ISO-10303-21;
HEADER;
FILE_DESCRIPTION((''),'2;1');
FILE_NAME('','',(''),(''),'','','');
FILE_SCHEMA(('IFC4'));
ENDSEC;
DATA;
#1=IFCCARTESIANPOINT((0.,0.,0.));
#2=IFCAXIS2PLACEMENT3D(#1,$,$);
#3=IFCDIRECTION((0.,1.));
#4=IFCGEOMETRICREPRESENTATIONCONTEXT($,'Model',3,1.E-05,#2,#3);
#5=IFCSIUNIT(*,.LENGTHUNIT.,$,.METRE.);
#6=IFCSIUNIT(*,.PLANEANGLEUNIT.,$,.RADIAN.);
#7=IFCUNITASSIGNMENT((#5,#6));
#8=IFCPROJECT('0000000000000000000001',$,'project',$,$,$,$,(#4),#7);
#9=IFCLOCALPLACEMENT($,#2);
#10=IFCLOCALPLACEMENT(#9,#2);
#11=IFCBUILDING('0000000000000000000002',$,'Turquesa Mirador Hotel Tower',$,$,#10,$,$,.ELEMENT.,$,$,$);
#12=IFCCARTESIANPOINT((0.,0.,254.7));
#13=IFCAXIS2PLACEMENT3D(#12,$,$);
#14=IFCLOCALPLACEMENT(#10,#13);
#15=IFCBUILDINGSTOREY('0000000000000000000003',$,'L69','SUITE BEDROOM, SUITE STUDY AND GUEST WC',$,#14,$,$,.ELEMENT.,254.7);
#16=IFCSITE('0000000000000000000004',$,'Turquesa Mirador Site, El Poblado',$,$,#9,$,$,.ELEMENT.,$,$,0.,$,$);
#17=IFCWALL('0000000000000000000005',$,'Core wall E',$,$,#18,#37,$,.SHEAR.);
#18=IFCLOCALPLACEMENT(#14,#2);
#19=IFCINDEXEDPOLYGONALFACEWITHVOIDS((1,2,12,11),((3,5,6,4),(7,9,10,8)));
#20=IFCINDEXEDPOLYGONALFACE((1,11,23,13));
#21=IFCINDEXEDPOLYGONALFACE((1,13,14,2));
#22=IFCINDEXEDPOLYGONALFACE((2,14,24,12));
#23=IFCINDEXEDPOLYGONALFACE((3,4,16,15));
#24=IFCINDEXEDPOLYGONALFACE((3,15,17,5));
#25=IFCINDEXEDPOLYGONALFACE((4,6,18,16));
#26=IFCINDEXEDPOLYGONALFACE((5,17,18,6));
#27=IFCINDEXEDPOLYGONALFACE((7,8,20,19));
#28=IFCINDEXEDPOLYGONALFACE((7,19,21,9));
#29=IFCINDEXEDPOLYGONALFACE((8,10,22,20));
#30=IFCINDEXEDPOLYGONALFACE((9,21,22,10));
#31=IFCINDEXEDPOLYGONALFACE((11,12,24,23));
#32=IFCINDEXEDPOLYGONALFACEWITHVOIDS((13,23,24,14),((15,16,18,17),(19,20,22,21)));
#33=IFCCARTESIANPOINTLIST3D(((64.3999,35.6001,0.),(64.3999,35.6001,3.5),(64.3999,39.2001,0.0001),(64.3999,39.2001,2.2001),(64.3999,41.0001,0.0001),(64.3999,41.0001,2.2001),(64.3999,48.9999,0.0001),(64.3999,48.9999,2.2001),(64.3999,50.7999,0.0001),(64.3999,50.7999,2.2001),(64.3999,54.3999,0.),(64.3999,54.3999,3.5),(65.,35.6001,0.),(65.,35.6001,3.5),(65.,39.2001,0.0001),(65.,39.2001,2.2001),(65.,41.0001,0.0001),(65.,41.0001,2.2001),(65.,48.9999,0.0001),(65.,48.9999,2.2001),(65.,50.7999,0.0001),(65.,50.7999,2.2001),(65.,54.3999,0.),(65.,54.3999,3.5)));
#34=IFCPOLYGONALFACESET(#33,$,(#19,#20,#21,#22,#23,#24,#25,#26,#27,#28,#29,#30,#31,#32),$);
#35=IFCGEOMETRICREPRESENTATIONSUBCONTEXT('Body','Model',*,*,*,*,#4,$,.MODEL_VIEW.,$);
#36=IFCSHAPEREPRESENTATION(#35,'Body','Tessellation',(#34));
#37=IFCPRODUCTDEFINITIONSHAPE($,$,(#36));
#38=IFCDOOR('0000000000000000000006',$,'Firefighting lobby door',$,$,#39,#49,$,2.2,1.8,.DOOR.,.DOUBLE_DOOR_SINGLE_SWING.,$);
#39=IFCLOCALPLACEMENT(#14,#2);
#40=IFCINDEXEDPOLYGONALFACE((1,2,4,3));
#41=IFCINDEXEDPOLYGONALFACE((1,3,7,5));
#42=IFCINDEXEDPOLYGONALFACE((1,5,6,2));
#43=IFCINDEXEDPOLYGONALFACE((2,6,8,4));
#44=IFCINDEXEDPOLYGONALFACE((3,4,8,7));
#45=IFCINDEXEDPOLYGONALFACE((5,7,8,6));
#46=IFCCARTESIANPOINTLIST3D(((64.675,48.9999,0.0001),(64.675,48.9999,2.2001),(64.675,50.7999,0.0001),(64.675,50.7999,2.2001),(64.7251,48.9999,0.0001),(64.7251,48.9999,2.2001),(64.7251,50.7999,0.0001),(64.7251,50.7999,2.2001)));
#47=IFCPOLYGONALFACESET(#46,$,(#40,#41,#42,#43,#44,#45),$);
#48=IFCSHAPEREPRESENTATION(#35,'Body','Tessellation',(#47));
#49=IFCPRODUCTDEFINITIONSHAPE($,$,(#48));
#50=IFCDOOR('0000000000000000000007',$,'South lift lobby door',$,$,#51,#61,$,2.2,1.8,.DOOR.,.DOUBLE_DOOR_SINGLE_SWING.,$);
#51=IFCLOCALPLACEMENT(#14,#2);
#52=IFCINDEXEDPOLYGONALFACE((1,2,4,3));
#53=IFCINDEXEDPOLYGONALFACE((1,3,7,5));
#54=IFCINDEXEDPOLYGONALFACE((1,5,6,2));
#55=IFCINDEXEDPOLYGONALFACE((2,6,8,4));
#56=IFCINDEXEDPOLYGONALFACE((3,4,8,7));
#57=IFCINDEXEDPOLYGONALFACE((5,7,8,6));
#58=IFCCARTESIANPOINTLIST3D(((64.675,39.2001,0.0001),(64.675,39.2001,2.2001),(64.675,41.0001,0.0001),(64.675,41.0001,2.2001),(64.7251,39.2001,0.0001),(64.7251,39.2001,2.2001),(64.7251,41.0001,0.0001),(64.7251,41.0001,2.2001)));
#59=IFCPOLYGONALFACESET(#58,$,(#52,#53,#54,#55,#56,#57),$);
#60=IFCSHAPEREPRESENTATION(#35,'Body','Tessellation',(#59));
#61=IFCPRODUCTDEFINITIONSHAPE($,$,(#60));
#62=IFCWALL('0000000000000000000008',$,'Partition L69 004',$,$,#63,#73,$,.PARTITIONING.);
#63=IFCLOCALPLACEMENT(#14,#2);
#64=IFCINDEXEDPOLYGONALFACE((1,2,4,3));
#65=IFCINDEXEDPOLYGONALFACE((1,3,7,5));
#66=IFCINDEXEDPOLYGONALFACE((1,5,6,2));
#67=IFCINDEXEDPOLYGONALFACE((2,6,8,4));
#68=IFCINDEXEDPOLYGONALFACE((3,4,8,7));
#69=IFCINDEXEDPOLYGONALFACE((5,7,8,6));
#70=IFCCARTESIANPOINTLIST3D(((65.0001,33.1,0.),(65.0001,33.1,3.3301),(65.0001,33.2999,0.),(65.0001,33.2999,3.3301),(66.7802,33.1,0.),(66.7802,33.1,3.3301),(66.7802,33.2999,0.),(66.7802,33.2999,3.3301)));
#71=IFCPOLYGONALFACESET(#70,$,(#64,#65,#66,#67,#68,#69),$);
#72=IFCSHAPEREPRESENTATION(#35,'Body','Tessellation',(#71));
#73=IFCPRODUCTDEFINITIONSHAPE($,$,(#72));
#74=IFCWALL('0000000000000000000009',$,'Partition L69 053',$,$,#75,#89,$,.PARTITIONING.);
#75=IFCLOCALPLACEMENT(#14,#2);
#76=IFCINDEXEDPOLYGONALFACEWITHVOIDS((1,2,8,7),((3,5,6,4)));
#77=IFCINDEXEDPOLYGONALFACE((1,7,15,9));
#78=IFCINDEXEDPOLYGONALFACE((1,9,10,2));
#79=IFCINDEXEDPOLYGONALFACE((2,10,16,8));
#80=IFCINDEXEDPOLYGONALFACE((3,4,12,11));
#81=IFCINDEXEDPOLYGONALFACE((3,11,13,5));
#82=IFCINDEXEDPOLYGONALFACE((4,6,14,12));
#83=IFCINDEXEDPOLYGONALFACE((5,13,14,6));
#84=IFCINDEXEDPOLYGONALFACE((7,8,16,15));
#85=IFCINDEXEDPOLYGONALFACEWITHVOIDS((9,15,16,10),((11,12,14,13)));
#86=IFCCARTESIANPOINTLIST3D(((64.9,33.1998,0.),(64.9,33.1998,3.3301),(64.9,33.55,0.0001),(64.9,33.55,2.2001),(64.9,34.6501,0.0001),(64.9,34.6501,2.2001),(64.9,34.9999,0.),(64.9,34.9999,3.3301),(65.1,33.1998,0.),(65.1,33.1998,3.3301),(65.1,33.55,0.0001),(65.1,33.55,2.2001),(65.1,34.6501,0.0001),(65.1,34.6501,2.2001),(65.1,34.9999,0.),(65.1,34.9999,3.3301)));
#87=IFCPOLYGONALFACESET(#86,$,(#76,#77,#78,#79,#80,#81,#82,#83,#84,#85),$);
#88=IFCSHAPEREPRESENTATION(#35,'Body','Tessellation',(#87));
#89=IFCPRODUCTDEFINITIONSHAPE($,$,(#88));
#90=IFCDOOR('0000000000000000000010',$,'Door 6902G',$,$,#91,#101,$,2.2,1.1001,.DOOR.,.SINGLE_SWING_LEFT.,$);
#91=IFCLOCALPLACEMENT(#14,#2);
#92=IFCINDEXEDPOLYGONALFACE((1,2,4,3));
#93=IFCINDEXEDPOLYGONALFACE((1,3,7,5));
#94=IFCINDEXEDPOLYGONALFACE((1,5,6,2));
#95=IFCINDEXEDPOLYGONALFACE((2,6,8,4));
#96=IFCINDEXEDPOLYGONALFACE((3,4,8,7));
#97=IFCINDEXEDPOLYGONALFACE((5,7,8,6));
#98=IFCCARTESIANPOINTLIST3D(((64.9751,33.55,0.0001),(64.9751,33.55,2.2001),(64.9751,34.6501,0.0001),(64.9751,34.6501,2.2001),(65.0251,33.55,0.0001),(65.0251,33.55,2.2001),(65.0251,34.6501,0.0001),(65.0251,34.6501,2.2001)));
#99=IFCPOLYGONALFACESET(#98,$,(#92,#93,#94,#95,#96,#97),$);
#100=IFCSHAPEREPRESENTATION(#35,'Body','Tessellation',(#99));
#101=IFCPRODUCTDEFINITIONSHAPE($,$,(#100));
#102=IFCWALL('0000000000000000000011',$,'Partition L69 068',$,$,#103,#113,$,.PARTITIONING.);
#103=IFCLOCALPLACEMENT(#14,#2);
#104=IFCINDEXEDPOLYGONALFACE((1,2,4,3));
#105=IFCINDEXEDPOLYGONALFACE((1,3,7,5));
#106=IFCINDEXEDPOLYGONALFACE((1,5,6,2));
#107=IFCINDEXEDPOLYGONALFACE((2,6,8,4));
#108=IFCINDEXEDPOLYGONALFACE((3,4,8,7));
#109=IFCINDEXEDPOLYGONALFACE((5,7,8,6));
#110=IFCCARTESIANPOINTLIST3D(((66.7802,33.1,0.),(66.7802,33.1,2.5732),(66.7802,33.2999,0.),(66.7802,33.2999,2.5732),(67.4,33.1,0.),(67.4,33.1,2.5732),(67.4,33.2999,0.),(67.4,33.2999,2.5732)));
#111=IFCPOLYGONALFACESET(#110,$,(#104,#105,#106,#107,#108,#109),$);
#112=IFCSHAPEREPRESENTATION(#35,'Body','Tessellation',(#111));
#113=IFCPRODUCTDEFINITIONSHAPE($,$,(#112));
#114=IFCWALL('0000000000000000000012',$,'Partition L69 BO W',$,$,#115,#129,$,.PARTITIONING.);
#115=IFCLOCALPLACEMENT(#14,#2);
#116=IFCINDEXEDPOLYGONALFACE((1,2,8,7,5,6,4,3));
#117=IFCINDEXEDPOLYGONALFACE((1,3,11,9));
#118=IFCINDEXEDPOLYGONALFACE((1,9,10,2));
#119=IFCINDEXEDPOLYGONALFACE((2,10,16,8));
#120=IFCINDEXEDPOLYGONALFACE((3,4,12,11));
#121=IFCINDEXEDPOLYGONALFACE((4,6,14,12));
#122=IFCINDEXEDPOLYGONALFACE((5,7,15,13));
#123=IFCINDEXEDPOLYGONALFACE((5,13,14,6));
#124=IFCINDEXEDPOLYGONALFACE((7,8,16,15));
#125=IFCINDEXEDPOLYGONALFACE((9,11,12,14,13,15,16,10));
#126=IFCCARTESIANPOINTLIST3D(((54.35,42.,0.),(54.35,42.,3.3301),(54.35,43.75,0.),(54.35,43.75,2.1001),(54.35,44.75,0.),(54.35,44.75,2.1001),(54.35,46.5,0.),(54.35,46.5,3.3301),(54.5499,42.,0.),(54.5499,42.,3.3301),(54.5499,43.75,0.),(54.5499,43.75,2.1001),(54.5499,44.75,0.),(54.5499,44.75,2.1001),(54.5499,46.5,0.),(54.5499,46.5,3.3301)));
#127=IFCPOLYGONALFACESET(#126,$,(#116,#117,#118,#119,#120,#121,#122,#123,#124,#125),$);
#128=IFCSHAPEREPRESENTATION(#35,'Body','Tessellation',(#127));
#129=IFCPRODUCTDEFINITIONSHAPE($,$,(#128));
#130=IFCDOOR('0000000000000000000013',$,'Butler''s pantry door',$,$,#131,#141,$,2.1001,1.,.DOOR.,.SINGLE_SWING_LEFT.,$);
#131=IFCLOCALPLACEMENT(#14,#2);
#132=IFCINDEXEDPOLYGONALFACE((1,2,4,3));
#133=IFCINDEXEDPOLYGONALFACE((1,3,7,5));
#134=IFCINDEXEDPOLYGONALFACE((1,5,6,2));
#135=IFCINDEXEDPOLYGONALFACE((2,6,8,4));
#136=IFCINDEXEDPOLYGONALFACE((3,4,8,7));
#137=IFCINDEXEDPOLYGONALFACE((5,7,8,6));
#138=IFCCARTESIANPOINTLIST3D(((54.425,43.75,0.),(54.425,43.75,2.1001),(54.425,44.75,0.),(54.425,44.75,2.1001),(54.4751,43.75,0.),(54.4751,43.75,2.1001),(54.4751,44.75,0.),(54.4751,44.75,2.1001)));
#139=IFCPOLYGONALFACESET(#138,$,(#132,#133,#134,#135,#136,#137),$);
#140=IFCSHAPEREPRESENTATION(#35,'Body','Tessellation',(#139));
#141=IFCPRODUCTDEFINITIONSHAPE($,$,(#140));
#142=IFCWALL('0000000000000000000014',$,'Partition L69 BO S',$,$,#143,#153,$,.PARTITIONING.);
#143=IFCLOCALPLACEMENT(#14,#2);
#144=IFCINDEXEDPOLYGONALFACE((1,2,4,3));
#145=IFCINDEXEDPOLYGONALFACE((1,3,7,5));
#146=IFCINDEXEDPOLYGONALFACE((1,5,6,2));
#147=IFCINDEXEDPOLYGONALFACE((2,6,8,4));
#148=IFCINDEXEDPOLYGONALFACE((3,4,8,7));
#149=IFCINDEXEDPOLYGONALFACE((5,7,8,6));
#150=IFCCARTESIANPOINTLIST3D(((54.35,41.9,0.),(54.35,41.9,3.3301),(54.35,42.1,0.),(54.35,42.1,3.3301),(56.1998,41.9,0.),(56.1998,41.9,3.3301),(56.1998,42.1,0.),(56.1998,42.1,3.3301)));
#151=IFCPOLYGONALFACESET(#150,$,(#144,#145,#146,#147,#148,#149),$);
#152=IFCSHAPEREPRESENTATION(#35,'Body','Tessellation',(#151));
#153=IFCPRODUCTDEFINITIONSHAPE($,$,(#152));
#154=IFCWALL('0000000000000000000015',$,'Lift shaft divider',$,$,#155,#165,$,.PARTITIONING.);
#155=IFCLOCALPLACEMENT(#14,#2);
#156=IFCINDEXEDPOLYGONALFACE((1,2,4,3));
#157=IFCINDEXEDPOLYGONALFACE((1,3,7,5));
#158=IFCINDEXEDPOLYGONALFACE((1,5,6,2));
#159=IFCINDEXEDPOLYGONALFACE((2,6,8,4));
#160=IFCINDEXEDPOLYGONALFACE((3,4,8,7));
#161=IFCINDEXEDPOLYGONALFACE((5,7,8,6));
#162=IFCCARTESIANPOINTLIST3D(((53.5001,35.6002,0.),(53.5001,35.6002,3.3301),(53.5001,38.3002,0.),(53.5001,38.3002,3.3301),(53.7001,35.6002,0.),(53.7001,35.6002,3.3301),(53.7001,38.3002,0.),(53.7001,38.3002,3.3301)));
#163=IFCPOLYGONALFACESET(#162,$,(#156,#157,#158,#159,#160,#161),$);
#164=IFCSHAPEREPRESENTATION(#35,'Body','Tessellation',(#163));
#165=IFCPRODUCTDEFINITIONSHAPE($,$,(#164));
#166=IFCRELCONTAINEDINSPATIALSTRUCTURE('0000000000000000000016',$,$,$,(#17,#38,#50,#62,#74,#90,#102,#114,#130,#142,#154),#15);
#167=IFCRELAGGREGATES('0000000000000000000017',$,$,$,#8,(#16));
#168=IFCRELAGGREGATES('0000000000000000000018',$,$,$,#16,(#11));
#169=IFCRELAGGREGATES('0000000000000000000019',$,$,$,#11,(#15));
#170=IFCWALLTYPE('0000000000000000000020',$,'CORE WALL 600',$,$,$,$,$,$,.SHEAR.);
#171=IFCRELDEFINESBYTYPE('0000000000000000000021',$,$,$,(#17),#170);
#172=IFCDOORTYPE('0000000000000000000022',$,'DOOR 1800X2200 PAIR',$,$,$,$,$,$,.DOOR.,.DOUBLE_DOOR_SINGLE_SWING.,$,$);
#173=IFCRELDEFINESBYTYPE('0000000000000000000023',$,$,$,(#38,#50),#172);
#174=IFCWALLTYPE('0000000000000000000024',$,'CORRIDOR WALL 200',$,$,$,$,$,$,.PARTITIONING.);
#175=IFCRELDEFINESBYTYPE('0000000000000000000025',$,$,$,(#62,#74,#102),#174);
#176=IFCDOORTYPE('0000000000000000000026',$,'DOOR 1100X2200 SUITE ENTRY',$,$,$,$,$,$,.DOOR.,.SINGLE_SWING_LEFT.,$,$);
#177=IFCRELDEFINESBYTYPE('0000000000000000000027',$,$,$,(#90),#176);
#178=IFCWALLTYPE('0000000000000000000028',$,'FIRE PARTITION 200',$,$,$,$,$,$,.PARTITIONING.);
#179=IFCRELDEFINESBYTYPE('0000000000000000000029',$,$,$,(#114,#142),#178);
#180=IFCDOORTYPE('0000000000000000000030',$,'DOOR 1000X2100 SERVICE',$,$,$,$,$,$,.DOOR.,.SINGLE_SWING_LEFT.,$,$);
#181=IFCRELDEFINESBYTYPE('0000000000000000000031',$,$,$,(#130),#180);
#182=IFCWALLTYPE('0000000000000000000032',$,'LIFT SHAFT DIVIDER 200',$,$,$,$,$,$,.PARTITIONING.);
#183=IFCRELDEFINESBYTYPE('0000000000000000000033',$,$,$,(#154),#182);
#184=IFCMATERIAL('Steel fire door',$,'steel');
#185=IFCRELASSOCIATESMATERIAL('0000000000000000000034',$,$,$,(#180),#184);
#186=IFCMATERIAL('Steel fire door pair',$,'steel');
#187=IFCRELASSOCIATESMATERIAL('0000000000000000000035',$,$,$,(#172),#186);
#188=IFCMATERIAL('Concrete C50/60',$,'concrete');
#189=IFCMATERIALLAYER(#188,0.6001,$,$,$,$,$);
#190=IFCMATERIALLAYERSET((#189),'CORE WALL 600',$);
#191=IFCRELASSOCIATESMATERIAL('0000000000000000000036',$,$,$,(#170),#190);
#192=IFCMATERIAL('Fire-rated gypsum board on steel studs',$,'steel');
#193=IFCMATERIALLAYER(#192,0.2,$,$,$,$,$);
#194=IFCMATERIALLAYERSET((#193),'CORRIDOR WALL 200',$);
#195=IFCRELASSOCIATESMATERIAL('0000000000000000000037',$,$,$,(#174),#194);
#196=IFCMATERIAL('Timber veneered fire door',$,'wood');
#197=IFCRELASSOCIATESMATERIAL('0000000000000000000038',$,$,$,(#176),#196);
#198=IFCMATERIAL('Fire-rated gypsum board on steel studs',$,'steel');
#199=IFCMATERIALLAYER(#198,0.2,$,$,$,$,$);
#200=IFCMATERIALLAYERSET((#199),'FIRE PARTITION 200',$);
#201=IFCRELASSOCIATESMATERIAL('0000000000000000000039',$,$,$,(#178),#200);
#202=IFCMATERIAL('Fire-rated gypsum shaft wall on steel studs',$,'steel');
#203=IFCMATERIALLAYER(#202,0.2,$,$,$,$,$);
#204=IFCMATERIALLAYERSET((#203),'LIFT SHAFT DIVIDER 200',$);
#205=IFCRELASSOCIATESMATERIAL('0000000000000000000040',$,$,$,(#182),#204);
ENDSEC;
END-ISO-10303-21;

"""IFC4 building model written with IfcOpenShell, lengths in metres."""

from ifc_helpers import new_model, si_unit, direction, frame, frame_2d, origin, place, context, subcontext, project, spatial, rectangle, extrude, material, layer, layer_set, type_object, element, fill, save


model = new_model("IFC4")

# Units and contexts
model_context = context("Model", 3, precision=1e-05, world=origin(), true_north=direction((0.0, 1.0)))
body_context = subcontext(model_context, "Body", "Model", "MODEL_VIEW")
ifc_project = project(units=[si_unit("LENGTHUNIT", "METRE"), si_unit("PLANEANGLEUNIT", "RADIAN")], contexts=[model_context])

# Site, building, storey
site_placement = place(None, origin())
site = spatial("IfcSite", under=ifc_project, at=site_placement, Name="Turquesa Mirador Site, El Poblado", CompositionType="ELEMENT", RefElevation=0.0)
building_placement = place(site_placement, origin())
building = spatial("IfcBuilding", under=site, at=building_placement, Name="Turquesa Mirador Hotel Tower", CompositionType="ELEMENT")
storey_placement = place(building_placement, frame((0.0, 0.0, 254.7)))
storey = spatial("IfcBuildingStorey", under=building, at=storey_placement, Name="L69", Description="SUITE BEDROOM, SUITE STUDY AND GUEST WC", CompositionType="ELEMENT", Elevation=254.7)

# Shared definitions
ifc_material_1 = material(Name="Steel fire door", Category="steel")
door_type_1 = type_object("IfcDoorType", Name="DOOR 1000X2100 SERVICE", OperationType="SINGLE_SWING_LEFT", PredefinedType="DOOR", material=ifc_material_1)
ifc_material_2 = material(Name="Steel fire door pair", Category="steel")
door_type_2 = type_object("IfcDoorType", Name="DOOR 1800X2200 PAIR", OperationType="DOUBLE_DOOR_SINGLE_SWING", PredefinedType="DOOR", material=ifc_material_2)

# Wall, openings, doors
ifc_material_3 = material(Name="Concrete C50/60", Category="concrete")
ifc_layer_1 = layer(ifc_material_3, 0.6001)
ifc_layer_set_1 = layer_set([ifc_layer_1], Name="CORE WALL 600")
wall_type_1 = type_object("IfcWallType", Name="CORE WALL 600", PredefinedType="SHEAR", material=ifc_layer_set_1)
wall_1_placement = place(storey_placement, frame((64.7, 35.6001, 0.0), z_axis=(0.0, 0.0, 1.0), x_axis=(0.0, 1.0, 0.0)))
wall_1 = element("IfcWall", 1, at=wall_1_placement, inside=storey, type_object=wall_type_1, Name="Core wall E", PredefinedType="SHEAR", context=body_context, shape_type="SweptSolid", body=[
    extrude(rectangle(XDim=18.7998, YDim=0.6001, at=frame_2d((9.3999, 0.0))), origin(), (0.0, 0.0, 1.0), 3.5),
])
opening_1_placement = place(wall_1_placement, frame((13.3999, 0.0, 0.0)))
opening_1 = element("IfcOpeningElement", 2, at=opening_1_placement, cuts=wall_1, PredefinedType="OPENING", context=body_context, shape_type="SweptSolid", body=[
    extrude(rectangle(XDim=1.8, YDim=2.2, at=frame_2d((0.8999, 1.1001))), frame((0.0, 0.3101, 0.0), z_axis=(0.0, -1.0, 0.0), x_axis=(1.0, 0.0, 0.0)), (0.0, 0.0, 1.0), 0.6201),
])
opening_2_placement = place(wall_1_placement, frame((3.6001, 0.0, 0.0)))
opening_2 = element("IfcOpeningElement", 3, at=opening_2_placement, cuts=wall_1, PredefinedType="OPENING", context=body_context, shape_type="SweptSolid", body=[
    extrude(rectangle(XDim=1.8, YDim=2.2, at=frame_2d((0.8999, 1.1001))), frame((0.0, 0.3101, 0.0), z_axis=(0.0, -1.0, 0.0), x_axis=(1.0, 0.0, 0.0)), (0.0, 0.0, 1.0), 0.6201),
])
door_1_placement = place(opening_1_placement, origin())
door_1 = element("IfcDoor", 4, at=door_1_placement, inside=storey, type_object=door_type_2, Name="Firefighting lobby door", OperationType="DOUBLE_DOOR_SINGLE_SWING", OverallHeight=2.2, OverallWidth=1.8, PredefinedType="DOOR", context=body_context, shape_type="SweptSolid", body=[
    extrude(rectangle(XDim=1.8, YDim=2.2, at=frame_2d((0.8999, 1.1001))), frame((0.0, 0.0249, 0.0), z_axis=(0.0, -1.0, 0.0), x_axis=(1.0, 0.0, 0.0)), (0.0, 0.0, 1.0), 0.05),
])
fill(opening_1, door_1)
door_2_placement = place(opening_2_placement, origin())
door_2 = element("IfcDoor", 5, at=door_2_placement, inside=storey, type_object=door_type_2, Name="South lift lobby door", OperationType="DOUBLE_DOOR_SINGLE_SWING", OverallHeight=2.2, OverallWidth=1.8, PredefinedType="DOOR", context=body_context, shape_type="SweptSolid", body=[
    extrude(rectangle(XDim=1.8, YDim=2.2, at=frame_2d((0.8999, 1.1001))), frame((0.0, 0.0249, 0.0), z_axis=(0.0, -1.0, 0.0), x_axis=(1.0, 0.0, 0.0)), (0.0, 0.0, 1.0), 0.05),
])
fill(opening_2, door_2)

# Wall
ifc_material_4 = material(Name="Fire-rated gypsum board on steel studs", Category="steel")
ifc_layer_2 = layer(ifc_material_4, 0.2)
ifc_layer_set_2 = layer_set([ifc_layer_2], Name="CORRIDOR WALL 200")
wall_type_2 = type_object("IfcWallType", Name="CORRIDOR WALL 200", PredefinedType="PARTITIONING", material=ifc_layer_set_2)
wall_2_placement = place(storey_placement, frame((65.0, 33.2, 0.0), z_axis=(0.0, 0.0, 1.0), x_axis=(1.0, 0.0, 0.0)))
element("IfcWall", 6, at=wall_2_placement, inside=storey, type_object=wall_type_2, Name="Partition L69 004", PredefinedType="PARTITIONING", context=body_context, shape_type="SweptSolid", body=[
    extrude(rectangle(XDim=1.78, YDim=0.2, at=frame_2d((0.8901, 0.0))), origin(), (0.0, 0.0, 1.0), 3.3301),
])

# Wall, opening, door
wall_3_placement = place(storey_placement, frame((65.0, 33.2, 0.0), z_axis=(0.0, 0.0, 1.0), x_axis=(0.0, 1.0, 0.0)))
wall_3 = element("IfcWall", 7, at=wall_3_placement, inside=storey, type_object=wall_type_2, Name="Partition L69 053", PredefinedType="PARTITIONING", context=body_context, shape_type="SweptSolid", body=[
    extrude(rectangle(XDim=1.8, YDim=0.2, at=frame_2d((0.8999, 0.0))), origin(), (0.0, 0.0, 1.0), 3.3301),
])
opening_3_placement = place(wall_3_placement, frame((0.3501, 0.0, 0.0)))
opening_3 = element("IfcOpeningElement", 8, at=opening_3_placement, cuts=wall_3, PredefinedType="OPENING", context=body_context, shape_type="SweptSolid", body=[
    extrude(rectangle(XDim=1.1001, YDim=2.2, at=frame_2d((0.55, 1.1001))), frame((0.0, 0.1099, 0.0), z_axis=(0.0, -1.0, 0.0), x_axis=(1.0, 0.0, 0.0)), (0.0, 0.0, 1.0), 0.22),
])
ifc_material_5 = material(Name="Timber veneered fire door", Category="wood")
door_type_3 = type_object("IfcDoorType", Name="DOOR 1100X2200 SUITE ENTRY", OperationType="SINGLE_SWING_LEFT", PredefinedType="DOOR", material=ifc_material_5)
door_3_placement = place(opening_3_placement, origin())
door_3 = element("IfcDoor", 9, at=door_3_placement, inside=storey, type_object=door_type_3, Name="Door 6902G", OperationType="SINGLE_SWING_LEFT", OverallHeight=2.2, OverallWidth=1.1001, PredefinedType="DOOR", context=body_context, shape_type="SweptSolid", body=[
    extrude(rectangle(XDim=1.1001, YDim=2.2, at=frame_2d((0.55, 1.1001))), frame((0.0, 0.0249, 0.0), z_axis=(0.0, -1.0, 0.0), x_axis=(1.0, 0.0, 0.0)), (0.0, 0.0, 1.0), 0.05),
])
fill(opening_3, door_3)

# Wall
wall_4_placement = place(storey_placement, frame((66.78, 33.2, 0.0), z_axis=(0.0, 0.0, 1.0), x_axis=(1.0, 0.0, 0.0)))
element("IfcWall", 10, at=wall_4_placement, inside=storey, type_object=wall_type_2, Name="Partition L69 068", PredefinedType="PARTITIONING", context=body_context, shape_type="SweptSolid", body=[
    extrude(rectangle(XDim=0.6199, YDim=0.2, at=frame_2d((0.3101, 0.0))), origin(), (0.0, 0.0, 1.0), 2.5732),
])

# Wall, opening, door
ifc_material_6 = material(Name="Fire-rated gypsum board on steel studs", Category="steel")
ifc_layer_3 = layer(ifc_material_6, 0.2)
ifc_layer_set_3 = layer_set([ifc_layer_3], Name="FIRE PARTITION 200")
wall_type_3 = type_object("IfcWallType", Name="FIRE PARTITION 200", PredefinedType="PARTITIONING", material=ifc_layer_set_3)
wall_5_placement = place(storey_placement, frame((54.45, 42.0, 0.0), z_axis=(0.0, 0.0, 1.0), x_axis=(0.0, 1.0, 0.0)))
wall_5 = element("IfcWall", 11, at=wall_5_placement, inside=storey, type_object=wall_type_3, Name="Partition L69 BO W", PredefinedType="PARTITIONING", context=body_context, shape_type="SweptSolid", body=[
    extrude(rectangle(XDim=4.5, YDim=0.2, at=frame_2d((2.25, 0.0))), origin(), (0.0, 0.0, 1.0), 3.3301),
])
opening_4_placement = place(wall_5_placement, frame((1.75, 0.0, 0.0)))
opening_4 = element("IfcOpeningElement", 12, at=opening_4_placement, cuts=wall_5, PredefinedType="OPENING", context=body_context, shape_type="SweptSolid", body=[
    extrude(rectangle(XDim=1.0, YDim=2.1001, at=frame_2d((0.5, 1.05))), frame((0.0, 0.1099, 0.0), z_axis=(0.0, -1.0, 0.0), x_axis=(1.0, 0.0, 0.0)), (0.0, 0.0, 1.0), 0.22),
])
door_4_placement = place(opening_4_placement, origin())
door_4 = element("IfcDoor", 13, at=door_4_placement, inside=storey, type_object=door_type_1, Name="Butler's pantry door", OperationType="SINGLE_SWING_LEFT", OverallHeight=2.1001, OverallWidth=1.0, PredefinedType="DOOR", context=body_context, shape_type="SweptSolid", body=[
    extrude(rectangle(XDim=1.0, YDim=2.1001, at=frame_2d((0.5, 1.05))), frame((0.0, 0.0249, 0.0), z_axis=(0.0, -1.0, 0.0), x_axis=(1.0, 0.0, 0.0)), (0.0, 0.0, 1.0), 0.05),
])
fill(opening_4, door_4)

# Walls
wall_6_placement = place(storey_placement, frame((54.3501, 42.0, 0.0), z_axis=(0.0, 0.0, 1.0), x_axis=(1.0, 0.0, 0.0)))
element("IfcWall", 14, at=wall_6_placement, inside=storey, type_object=wall_type_3, Name="Partition L69 BO S", PredefinedType="PARTITIONING", context=body_context, shape_type="SweptSolid", body=[
    extrude(rectangle(XDim=1.8499, YDim=0.2, at=frame_2d((0.9248, 0.0))), origin(), (0.0, 0.0, 1.0), 3.3301),
])
ifc_material_7 = material(Name="Fire-rated gypsum shaft wall on steel studs", Category="steel")
ifc_layer_4 = layer(ifc_material_7, 0.2)
ifc_layer_set_4 = layer_set([ifc_layer_4], Name="LIFT SHAFT DIVIDER 200")
wall_type_4 = type_object("IfcWallType", Name="LIFT SHAFT DIVIDER 200", PredefinedType="PARTITIONING", material=ifc_layer_set_4)
for number, where, z_axis, x_axis, name in (
    (15, (53.6001, 35.6001, 0.0), (0.0, 0.0, 1.0), (0.0, 1.0, 0.0), "Lift shaft divider"),
):
    element("IfcWall", number, at=place(storey_placement, frame(where, z_axis=z_axis, x_axis=x_axis)), inside=storey, type_object=wall_type_4, Name=name, PredefinedType="PARTITIONING", context=body_context, shape_type="SweptSolid", body=[
        extrude(rectangle(XDim=2.7, YDim=0.2, at=frame_2d((1.3501, 0.0))), origin(), (0.0, 0.0, 1.0), 3.3301),
    ])

save(model, "model.ifc")
